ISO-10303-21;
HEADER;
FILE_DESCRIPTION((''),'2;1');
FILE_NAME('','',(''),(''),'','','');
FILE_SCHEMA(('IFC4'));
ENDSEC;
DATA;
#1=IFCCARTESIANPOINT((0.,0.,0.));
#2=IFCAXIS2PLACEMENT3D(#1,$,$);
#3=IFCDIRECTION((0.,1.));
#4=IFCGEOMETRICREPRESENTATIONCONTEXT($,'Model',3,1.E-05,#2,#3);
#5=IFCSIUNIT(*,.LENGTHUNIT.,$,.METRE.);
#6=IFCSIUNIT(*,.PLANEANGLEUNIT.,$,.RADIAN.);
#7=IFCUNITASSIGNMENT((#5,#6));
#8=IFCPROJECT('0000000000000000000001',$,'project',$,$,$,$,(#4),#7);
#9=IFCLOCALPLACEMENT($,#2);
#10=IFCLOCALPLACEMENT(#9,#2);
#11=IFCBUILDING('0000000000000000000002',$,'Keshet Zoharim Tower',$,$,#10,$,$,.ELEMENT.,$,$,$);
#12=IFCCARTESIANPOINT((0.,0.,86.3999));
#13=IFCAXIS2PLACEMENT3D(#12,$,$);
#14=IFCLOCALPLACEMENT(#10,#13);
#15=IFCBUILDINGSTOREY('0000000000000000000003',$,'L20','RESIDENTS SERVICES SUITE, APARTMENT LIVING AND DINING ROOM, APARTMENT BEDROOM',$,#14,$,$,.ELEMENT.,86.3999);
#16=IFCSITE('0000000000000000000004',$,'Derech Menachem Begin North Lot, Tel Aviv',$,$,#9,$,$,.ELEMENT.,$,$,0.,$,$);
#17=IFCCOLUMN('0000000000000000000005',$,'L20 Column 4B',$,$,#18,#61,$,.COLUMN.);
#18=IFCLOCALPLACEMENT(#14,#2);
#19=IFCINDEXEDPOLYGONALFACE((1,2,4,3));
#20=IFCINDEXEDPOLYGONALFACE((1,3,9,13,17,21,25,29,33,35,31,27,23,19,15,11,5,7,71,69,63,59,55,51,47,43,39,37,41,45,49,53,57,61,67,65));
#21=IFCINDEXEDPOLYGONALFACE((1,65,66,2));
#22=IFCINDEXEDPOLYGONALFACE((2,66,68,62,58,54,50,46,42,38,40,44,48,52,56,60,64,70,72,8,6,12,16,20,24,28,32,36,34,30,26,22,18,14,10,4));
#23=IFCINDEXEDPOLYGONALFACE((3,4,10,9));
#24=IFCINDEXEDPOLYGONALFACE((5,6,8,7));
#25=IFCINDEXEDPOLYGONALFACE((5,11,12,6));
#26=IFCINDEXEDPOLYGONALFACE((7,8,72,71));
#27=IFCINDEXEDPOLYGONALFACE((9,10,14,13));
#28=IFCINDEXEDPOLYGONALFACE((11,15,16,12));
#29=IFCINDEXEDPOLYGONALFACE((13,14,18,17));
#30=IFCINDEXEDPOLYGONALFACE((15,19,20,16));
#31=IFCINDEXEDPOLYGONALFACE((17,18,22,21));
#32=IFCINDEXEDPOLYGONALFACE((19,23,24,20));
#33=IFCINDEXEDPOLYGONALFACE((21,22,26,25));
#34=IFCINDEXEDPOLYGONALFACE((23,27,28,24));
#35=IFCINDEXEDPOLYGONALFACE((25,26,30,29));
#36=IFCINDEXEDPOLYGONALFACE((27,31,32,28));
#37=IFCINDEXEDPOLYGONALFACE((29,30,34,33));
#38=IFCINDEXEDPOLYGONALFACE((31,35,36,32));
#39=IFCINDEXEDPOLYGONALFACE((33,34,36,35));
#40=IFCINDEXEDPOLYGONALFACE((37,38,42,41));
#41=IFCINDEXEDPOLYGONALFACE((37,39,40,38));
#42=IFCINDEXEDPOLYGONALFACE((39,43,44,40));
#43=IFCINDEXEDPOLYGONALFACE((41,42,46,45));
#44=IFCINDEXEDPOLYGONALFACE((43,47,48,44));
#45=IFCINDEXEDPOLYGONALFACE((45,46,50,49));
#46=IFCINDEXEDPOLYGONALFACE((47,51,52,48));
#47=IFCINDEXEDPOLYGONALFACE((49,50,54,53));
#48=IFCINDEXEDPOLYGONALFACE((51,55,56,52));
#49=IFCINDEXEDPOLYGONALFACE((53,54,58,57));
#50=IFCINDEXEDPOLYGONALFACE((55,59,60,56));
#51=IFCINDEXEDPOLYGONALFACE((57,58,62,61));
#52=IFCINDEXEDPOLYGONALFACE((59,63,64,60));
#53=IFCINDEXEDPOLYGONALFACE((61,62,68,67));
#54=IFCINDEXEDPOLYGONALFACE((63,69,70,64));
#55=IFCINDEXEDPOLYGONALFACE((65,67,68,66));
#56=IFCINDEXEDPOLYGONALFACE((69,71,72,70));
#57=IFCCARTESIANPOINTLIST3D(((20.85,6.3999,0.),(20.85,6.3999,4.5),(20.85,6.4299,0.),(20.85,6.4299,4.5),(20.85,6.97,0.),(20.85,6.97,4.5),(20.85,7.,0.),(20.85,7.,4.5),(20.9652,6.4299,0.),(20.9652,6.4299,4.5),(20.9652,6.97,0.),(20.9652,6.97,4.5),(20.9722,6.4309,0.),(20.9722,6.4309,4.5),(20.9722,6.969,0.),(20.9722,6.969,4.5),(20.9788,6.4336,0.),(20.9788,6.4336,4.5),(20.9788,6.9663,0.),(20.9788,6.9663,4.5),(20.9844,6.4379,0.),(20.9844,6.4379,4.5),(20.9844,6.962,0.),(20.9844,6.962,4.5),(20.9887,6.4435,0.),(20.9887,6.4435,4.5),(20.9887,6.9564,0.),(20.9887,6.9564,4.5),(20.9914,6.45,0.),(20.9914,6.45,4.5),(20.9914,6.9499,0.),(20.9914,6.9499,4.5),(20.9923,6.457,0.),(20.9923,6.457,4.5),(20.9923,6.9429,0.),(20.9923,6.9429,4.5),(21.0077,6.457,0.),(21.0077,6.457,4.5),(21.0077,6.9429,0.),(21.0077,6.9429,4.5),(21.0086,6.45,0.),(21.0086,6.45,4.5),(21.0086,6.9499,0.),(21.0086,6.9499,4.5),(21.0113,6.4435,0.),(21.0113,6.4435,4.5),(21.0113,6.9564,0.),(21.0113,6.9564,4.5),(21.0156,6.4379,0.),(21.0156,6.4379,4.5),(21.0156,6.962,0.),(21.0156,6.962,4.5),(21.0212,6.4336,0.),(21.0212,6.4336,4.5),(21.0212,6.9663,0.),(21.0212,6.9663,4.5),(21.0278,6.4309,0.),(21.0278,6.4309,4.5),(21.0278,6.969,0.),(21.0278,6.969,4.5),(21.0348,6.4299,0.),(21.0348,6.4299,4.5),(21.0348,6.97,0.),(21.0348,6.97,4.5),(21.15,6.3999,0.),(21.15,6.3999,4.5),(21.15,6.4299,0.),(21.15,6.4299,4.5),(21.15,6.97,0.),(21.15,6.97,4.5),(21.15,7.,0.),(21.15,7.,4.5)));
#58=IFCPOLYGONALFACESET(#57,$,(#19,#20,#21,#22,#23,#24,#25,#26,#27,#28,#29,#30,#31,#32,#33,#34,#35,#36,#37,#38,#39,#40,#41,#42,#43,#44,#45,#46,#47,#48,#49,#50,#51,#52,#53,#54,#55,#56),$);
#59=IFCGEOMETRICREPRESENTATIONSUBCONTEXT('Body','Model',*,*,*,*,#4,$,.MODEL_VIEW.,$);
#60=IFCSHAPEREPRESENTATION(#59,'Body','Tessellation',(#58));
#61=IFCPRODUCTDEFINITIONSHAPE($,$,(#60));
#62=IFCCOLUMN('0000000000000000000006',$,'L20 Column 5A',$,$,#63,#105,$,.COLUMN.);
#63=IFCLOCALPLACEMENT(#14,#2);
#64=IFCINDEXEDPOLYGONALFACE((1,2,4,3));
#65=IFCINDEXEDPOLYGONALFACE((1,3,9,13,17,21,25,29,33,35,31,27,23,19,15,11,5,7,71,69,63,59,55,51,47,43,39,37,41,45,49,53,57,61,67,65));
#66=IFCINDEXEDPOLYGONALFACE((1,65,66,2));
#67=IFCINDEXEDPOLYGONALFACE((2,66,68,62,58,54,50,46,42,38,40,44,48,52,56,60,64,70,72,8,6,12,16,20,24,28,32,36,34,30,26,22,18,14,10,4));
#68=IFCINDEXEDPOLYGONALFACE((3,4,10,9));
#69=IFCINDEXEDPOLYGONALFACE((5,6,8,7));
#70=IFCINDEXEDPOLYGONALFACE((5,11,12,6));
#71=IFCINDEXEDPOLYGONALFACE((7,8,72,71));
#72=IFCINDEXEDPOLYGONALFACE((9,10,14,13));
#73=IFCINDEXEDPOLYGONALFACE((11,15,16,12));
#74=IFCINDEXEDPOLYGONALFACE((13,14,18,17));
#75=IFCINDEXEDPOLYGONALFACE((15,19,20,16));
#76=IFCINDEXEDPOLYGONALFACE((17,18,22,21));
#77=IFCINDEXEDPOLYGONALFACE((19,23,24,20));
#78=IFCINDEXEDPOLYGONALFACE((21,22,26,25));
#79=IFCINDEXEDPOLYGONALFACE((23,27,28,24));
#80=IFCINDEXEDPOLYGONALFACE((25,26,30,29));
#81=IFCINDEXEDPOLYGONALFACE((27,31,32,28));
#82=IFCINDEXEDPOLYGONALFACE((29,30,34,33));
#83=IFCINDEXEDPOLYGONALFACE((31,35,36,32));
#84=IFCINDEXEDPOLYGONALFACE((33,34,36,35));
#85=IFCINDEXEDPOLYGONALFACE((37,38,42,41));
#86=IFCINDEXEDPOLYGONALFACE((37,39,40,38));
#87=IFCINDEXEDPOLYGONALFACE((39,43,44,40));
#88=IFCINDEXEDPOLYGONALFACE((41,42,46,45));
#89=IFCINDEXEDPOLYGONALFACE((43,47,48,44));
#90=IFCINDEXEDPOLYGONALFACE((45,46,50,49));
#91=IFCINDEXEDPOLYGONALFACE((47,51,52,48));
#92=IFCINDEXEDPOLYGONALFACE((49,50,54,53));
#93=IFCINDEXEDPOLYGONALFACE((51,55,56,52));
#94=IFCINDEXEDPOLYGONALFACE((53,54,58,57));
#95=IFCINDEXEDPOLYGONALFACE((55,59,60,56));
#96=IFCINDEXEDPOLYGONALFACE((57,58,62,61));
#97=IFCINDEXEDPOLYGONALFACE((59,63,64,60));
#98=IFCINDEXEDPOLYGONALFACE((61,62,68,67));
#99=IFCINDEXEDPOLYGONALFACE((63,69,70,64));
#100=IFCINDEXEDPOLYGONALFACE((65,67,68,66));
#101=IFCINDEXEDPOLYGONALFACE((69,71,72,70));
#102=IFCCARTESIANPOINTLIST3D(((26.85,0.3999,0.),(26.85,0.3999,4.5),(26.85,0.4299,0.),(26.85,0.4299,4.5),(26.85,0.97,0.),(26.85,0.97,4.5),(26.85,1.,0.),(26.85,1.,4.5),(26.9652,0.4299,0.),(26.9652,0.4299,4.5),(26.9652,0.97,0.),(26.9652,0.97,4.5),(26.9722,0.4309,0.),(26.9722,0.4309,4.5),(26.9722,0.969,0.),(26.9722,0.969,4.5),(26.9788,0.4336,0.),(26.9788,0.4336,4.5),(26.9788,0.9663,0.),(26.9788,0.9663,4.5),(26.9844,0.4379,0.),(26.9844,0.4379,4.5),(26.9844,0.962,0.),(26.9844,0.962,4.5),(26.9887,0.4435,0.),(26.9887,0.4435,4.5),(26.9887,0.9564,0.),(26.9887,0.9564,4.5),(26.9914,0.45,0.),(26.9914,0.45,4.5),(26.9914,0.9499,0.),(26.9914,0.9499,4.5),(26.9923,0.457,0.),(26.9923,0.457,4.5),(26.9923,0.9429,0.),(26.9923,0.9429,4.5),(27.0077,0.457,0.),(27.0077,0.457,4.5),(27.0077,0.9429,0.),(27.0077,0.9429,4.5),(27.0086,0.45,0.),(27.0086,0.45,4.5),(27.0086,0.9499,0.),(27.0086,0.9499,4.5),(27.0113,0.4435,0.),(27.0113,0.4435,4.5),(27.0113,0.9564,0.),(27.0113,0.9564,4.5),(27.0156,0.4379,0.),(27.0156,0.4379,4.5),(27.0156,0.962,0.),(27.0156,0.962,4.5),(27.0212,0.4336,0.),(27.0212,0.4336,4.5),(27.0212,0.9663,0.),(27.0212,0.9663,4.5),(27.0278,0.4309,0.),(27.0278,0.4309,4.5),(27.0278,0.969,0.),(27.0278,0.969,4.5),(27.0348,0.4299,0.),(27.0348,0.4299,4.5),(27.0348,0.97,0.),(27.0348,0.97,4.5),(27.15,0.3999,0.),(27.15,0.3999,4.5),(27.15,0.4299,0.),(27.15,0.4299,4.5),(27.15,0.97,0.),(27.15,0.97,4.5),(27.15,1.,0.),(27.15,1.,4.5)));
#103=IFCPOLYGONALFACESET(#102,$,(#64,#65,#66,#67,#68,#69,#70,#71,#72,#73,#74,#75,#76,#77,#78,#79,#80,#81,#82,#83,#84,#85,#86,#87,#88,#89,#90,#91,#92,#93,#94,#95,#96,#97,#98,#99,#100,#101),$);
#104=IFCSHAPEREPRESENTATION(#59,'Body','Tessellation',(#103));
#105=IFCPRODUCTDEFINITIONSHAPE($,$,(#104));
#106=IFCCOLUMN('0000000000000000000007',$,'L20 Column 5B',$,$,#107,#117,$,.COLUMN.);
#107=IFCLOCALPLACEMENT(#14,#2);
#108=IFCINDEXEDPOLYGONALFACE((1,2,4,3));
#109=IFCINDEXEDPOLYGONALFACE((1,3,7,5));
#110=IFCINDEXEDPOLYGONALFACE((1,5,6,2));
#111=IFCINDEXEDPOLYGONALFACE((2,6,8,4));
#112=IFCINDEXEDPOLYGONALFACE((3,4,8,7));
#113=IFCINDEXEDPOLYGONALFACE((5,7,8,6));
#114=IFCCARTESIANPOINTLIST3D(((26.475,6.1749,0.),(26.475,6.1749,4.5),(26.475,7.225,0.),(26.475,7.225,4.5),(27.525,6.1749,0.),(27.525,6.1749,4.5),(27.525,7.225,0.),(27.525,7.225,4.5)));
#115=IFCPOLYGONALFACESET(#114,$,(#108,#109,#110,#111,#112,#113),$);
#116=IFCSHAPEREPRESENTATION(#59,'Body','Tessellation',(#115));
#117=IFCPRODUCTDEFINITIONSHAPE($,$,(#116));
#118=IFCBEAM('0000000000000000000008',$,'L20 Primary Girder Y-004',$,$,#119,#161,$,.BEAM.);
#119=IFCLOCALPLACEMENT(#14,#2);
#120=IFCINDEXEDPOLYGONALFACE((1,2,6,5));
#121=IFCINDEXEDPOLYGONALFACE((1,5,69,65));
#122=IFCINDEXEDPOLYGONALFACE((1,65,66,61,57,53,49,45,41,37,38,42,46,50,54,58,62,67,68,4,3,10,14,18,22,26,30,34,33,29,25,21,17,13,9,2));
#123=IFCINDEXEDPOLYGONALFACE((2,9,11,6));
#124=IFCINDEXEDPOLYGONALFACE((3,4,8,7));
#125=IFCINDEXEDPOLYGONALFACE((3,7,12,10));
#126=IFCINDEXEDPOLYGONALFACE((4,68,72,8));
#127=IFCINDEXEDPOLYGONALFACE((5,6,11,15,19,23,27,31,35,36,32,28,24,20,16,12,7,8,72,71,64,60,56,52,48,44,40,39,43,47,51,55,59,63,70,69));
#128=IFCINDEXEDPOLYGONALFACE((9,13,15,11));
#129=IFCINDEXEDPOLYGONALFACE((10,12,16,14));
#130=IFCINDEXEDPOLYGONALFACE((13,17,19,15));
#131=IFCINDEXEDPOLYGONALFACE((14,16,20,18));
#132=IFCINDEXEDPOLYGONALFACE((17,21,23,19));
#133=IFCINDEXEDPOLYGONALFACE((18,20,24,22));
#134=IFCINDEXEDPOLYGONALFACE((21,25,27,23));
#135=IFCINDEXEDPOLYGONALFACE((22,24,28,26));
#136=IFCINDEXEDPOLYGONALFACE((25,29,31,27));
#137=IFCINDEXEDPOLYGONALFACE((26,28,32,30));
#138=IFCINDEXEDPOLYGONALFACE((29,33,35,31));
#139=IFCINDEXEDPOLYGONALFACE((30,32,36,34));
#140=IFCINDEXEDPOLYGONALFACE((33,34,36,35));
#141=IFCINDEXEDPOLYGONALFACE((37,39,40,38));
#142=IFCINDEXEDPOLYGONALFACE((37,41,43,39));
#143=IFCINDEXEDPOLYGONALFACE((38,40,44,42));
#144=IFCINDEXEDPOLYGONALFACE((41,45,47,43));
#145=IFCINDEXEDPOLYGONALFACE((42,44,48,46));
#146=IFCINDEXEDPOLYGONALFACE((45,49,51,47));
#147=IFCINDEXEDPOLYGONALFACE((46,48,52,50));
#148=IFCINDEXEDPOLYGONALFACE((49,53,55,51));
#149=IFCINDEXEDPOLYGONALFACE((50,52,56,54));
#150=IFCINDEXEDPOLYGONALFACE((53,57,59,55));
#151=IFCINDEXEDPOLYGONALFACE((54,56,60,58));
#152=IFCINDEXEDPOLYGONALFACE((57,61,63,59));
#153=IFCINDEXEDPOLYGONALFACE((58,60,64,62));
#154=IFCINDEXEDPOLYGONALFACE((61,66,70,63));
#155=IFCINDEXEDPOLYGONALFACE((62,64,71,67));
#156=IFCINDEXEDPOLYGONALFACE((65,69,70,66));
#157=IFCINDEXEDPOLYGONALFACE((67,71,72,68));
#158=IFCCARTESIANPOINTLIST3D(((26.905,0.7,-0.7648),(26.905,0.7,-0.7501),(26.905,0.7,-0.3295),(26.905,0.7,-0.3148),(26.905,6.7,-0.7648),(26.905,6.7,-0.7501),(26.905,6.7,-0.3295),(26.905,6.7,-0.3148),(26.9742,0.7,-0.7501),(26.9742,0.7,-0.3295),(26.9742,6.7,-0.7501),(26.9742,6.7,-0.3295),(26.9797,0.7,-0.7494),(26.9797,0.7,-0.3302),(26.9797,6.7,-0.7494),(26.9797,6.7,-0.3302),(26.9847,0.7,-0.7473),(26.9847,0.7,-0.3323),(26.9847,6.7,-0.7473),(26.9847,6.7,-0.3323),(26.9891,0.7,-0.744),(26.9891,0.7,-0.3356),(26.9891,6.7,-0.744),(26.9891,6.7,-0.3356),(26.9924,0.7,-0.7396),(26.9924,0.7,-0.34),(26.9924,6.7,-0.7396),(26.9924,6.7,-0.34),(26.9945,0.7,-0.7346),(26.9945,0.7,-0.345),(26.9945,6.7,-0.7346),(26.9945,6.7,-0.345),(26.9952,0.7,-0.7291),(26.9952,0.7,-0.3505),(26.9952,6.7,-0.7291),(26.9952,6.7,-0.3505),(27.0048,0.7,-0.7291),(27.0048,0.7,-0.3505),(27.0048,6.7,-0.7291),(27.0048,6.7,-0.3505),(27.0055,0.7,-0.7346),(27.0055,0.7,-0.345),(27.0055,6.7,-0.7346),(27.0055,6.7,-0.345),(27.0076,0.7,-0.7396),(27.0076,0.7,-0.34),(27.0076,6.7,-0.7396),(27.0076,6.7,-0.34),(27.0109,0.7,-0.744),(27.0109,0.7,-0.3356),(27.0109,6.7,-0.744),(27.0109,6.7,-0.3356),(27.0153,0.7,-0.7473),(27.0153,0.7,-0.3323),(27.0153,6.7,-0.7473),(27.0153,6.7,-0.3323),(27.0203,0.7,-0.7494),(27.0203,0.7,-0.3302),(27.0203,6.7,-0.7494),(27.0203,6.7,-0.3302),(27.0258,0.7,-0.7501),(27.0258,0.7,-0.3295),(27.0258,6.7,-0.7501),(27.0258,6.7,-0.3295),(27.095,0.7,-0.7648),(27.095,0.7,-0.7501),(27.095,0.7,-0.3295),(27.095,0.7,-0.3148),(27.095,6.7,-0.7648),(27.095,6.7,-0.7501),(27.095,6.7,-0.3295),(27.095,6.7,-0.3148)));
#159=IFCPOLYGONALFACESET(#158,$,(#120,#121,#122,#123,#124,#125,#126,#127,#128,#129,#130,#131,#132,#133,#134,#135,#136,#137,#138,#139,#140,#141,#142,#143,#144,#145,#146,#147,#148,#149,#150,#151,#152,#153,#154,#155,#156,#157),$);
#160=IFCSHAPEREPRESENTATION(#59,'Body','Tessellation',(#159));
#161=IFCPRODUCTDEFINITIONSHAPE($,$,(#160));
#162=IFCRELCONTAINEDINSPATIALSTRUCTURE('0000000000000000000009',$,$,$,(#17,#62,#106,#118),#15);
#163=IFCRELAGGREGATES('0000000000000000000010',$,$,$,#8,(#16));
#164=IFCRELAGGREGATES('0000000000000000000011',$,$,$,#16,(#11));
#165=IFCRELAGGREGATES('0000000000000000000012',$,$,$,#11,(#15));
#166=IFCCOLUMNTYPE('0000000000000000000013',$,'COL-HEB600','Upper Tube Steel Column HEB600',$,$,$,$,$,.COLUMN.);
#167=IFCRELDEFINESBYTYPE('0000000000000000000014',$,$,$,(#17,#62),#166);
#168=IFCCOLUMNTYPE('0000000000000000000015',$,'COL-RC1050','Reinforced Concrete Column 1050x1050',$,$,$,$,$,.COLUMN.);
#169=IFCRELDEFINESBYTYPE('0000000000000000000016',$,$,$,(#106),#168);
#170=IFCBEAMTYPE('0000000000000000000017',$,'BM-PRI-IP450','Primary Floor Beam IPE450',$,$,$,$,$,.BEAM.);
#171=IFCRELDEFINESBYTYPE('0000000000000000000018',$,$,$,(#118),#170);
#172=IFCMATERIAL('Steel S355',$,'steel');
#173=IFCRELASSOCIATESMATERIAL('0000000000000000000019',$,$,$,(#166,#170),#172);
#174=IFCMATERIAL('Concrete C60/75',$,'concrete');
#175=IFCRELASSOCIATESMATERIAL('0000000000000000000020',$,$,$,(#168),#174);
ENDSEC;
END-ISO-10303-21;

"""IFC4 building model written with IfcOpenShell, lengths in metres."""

from ifc_helpers import new_model, si_unit, direction, frame, origin, origin_2d, place, context, subcontext, project, spatial, rectangle, i_section, extrude, material, material_profile, profile_set, type_object, element, save


model = new_model("IFC4")

# Units and contexts
model_context = context("Model", 3, precision=1e-05, world=origin(), true_north=direction((0.0, 1.0)))
body_context = subcontext(model_context, "Body", "Model", "MODEL_VIEW")
ifc_project = project(units=[si_unit("LENGTHUNIT", "METRE"), si_unit("PLANEANGLEUNIT", "RADIAN")], contexts=[model_context])

# Site, building, storey
site_placement = place(None, origin())
site = spatial("IfcSite", under=ifc_project, at=site_placement, Name="Derech Menachem Begin North Lot, Tel Aviv", CompositionType="ELEMENT", RefElevation=0.0)
building_placement = place(site_placement, origin())
building = spatial("IfcBuilding", under=site, at=building_placement, Name="Keshet Zoharim Tower", CompositionType="ELEMENT")
storey_placement = place(building_placement, frame((0.0, 0.0, 86.3999)))
storey = spatial("IfcBuildingStorey", under=building, at=storey_placement, Name="L20", Description="RESIDENTS SERVICES SUITE, APARTMENT LIVING AND DINING ROOM, APARTMENT BEDROOM", CompositionType="ELEMENT", Elevation=86.3999)

# Columns
ifc_material_1 = material(Name="Steel S355", Category="steel")
ifc_material_profile_1 = material_profile(ifc_material_1, i_section(OverallWidth=0.3, OverallDepth=0.6001, WebThickness=0.0154, FlangeThickness=0.03, FilletRadius=0.0271, at=origin_2d()), Name="HEB600")
ifc_profile_set_1 = profile_set([ifc_material_profile_1], Name="Steel S355")
column_type_1 = type_object("IfcColumnType", Name="COL-HEB600", Description="Upper Tube Steel Column HEB600", PredefinedType="COLUMN", material=ifc_profile_set_1)
for number, where, z_axis, x_axis, name in (
    (1, (21.0, 6.7, 0.0), (0.0, 0.0, 1.0), (1.0, 0.0, 0.0), "L20 Column 4B"),
    (2, (27.0, 0.7, 0.0), (0.0, 0.0, 1.0), (1.0, 0.0, 0.0), "L20 Column 5A"),
):
    element("IfcColumn", number, at=place(storey_placement, frame(where, z_axis=z_axis, x_axis=x_axis)), inside=storey, type_object=column_type_1, Name=name, PredefinedType="COLUMN", context=body_context, shape_type="SweptSolid", body=[
        extrude(i_section(OverallWidth=0.3, OverallDepth=0.6001, WebThickness=0.0154, FlangeThickness=0.03, FilletRadius=0.0271, at=origin_2d()), origin(), (0.0, 0.0, 1.0), 4.5),
    ])
ifc_material_2 = material(Name="Concrete C60/75", Category="concrete")
ifc_material_profile_2 = material_profile(ifc_material_2, rectangle(XDim=1.05, YDim=1.05, at=origin_2d()), Name="RC1050x1050")
ifc_profile_set_2 = profile_set([ifc_material_profile_2], Name="Concrete C60/75")
column_type_2 = type_object("IfcColumnType", Name="COL-RC1050", Description="Reinforced Concrete Column 1050x1050", PredefinedType="COLUMN", material=ifc_profile_set_2)
column_placement = place(storey_placement, frame((27.0, 6.7, 0.0), z_axis=(0.0, 0.0, 1.0), x_axis=(1.0, 0.0, 0.0)))
element("IfcColumn", 3, at=column_placement, inside=storey, type_object=column_type_2, Name="L20 Column 5B", PredefinedType="COLUMN", context=body_context, shape_type="SweptSolid", body=[
    extrude(rectangle(XDim=1.05, YDim=1.05, at=origin_2d()), origin(), (0.0, 0.0, 1.0), 4.5),
])

# Beam
ifc_material_profile_3 = material_profile(ifc_material_1, i_section(OverallWidth=0.1899, OverallDepth=0.45, WebThickness=0.0095, FlangeThickness=0.0146, FilletRadius=0.021, at=origin_2d()), Name="IPE450")
ifc_profile_set_3 = profile_set([ifc_material_profile_3], Name="Steel S355")
beam_type_1 = type_object("IfcBeamType", Name="BM-PRI-IP450", Description="Primary Floor Beam IPE450", PredefinedType="BEAM", material=ifc_profile_set_3)
beam_1_placement = place(storey_placement, frame((27.0, 0.7, -0.5398), z_axis=(0.0, 1.0, 0.0), x_axis=(-1.0, 0.0, 0.0)))
element("IfcBeam", 4, at=beam_1_placement, inside=storey, type_object=beam_type_1, Name="L20 Primary Girder Y-004", PredefinedType="BEAM", context=body_context, shape_type="SweptSolid", body=[
    extrude(i_section(OverallWidth=0.1899, OverallDepth=0.45, WebThickness=0.0095, FlangeThickness=0.0146, FilletRadius=0.021, at=origin_2d()), origin(), (0.0, 0.0, 1.0), 6.0),
])

save(model, "model.ifc")
